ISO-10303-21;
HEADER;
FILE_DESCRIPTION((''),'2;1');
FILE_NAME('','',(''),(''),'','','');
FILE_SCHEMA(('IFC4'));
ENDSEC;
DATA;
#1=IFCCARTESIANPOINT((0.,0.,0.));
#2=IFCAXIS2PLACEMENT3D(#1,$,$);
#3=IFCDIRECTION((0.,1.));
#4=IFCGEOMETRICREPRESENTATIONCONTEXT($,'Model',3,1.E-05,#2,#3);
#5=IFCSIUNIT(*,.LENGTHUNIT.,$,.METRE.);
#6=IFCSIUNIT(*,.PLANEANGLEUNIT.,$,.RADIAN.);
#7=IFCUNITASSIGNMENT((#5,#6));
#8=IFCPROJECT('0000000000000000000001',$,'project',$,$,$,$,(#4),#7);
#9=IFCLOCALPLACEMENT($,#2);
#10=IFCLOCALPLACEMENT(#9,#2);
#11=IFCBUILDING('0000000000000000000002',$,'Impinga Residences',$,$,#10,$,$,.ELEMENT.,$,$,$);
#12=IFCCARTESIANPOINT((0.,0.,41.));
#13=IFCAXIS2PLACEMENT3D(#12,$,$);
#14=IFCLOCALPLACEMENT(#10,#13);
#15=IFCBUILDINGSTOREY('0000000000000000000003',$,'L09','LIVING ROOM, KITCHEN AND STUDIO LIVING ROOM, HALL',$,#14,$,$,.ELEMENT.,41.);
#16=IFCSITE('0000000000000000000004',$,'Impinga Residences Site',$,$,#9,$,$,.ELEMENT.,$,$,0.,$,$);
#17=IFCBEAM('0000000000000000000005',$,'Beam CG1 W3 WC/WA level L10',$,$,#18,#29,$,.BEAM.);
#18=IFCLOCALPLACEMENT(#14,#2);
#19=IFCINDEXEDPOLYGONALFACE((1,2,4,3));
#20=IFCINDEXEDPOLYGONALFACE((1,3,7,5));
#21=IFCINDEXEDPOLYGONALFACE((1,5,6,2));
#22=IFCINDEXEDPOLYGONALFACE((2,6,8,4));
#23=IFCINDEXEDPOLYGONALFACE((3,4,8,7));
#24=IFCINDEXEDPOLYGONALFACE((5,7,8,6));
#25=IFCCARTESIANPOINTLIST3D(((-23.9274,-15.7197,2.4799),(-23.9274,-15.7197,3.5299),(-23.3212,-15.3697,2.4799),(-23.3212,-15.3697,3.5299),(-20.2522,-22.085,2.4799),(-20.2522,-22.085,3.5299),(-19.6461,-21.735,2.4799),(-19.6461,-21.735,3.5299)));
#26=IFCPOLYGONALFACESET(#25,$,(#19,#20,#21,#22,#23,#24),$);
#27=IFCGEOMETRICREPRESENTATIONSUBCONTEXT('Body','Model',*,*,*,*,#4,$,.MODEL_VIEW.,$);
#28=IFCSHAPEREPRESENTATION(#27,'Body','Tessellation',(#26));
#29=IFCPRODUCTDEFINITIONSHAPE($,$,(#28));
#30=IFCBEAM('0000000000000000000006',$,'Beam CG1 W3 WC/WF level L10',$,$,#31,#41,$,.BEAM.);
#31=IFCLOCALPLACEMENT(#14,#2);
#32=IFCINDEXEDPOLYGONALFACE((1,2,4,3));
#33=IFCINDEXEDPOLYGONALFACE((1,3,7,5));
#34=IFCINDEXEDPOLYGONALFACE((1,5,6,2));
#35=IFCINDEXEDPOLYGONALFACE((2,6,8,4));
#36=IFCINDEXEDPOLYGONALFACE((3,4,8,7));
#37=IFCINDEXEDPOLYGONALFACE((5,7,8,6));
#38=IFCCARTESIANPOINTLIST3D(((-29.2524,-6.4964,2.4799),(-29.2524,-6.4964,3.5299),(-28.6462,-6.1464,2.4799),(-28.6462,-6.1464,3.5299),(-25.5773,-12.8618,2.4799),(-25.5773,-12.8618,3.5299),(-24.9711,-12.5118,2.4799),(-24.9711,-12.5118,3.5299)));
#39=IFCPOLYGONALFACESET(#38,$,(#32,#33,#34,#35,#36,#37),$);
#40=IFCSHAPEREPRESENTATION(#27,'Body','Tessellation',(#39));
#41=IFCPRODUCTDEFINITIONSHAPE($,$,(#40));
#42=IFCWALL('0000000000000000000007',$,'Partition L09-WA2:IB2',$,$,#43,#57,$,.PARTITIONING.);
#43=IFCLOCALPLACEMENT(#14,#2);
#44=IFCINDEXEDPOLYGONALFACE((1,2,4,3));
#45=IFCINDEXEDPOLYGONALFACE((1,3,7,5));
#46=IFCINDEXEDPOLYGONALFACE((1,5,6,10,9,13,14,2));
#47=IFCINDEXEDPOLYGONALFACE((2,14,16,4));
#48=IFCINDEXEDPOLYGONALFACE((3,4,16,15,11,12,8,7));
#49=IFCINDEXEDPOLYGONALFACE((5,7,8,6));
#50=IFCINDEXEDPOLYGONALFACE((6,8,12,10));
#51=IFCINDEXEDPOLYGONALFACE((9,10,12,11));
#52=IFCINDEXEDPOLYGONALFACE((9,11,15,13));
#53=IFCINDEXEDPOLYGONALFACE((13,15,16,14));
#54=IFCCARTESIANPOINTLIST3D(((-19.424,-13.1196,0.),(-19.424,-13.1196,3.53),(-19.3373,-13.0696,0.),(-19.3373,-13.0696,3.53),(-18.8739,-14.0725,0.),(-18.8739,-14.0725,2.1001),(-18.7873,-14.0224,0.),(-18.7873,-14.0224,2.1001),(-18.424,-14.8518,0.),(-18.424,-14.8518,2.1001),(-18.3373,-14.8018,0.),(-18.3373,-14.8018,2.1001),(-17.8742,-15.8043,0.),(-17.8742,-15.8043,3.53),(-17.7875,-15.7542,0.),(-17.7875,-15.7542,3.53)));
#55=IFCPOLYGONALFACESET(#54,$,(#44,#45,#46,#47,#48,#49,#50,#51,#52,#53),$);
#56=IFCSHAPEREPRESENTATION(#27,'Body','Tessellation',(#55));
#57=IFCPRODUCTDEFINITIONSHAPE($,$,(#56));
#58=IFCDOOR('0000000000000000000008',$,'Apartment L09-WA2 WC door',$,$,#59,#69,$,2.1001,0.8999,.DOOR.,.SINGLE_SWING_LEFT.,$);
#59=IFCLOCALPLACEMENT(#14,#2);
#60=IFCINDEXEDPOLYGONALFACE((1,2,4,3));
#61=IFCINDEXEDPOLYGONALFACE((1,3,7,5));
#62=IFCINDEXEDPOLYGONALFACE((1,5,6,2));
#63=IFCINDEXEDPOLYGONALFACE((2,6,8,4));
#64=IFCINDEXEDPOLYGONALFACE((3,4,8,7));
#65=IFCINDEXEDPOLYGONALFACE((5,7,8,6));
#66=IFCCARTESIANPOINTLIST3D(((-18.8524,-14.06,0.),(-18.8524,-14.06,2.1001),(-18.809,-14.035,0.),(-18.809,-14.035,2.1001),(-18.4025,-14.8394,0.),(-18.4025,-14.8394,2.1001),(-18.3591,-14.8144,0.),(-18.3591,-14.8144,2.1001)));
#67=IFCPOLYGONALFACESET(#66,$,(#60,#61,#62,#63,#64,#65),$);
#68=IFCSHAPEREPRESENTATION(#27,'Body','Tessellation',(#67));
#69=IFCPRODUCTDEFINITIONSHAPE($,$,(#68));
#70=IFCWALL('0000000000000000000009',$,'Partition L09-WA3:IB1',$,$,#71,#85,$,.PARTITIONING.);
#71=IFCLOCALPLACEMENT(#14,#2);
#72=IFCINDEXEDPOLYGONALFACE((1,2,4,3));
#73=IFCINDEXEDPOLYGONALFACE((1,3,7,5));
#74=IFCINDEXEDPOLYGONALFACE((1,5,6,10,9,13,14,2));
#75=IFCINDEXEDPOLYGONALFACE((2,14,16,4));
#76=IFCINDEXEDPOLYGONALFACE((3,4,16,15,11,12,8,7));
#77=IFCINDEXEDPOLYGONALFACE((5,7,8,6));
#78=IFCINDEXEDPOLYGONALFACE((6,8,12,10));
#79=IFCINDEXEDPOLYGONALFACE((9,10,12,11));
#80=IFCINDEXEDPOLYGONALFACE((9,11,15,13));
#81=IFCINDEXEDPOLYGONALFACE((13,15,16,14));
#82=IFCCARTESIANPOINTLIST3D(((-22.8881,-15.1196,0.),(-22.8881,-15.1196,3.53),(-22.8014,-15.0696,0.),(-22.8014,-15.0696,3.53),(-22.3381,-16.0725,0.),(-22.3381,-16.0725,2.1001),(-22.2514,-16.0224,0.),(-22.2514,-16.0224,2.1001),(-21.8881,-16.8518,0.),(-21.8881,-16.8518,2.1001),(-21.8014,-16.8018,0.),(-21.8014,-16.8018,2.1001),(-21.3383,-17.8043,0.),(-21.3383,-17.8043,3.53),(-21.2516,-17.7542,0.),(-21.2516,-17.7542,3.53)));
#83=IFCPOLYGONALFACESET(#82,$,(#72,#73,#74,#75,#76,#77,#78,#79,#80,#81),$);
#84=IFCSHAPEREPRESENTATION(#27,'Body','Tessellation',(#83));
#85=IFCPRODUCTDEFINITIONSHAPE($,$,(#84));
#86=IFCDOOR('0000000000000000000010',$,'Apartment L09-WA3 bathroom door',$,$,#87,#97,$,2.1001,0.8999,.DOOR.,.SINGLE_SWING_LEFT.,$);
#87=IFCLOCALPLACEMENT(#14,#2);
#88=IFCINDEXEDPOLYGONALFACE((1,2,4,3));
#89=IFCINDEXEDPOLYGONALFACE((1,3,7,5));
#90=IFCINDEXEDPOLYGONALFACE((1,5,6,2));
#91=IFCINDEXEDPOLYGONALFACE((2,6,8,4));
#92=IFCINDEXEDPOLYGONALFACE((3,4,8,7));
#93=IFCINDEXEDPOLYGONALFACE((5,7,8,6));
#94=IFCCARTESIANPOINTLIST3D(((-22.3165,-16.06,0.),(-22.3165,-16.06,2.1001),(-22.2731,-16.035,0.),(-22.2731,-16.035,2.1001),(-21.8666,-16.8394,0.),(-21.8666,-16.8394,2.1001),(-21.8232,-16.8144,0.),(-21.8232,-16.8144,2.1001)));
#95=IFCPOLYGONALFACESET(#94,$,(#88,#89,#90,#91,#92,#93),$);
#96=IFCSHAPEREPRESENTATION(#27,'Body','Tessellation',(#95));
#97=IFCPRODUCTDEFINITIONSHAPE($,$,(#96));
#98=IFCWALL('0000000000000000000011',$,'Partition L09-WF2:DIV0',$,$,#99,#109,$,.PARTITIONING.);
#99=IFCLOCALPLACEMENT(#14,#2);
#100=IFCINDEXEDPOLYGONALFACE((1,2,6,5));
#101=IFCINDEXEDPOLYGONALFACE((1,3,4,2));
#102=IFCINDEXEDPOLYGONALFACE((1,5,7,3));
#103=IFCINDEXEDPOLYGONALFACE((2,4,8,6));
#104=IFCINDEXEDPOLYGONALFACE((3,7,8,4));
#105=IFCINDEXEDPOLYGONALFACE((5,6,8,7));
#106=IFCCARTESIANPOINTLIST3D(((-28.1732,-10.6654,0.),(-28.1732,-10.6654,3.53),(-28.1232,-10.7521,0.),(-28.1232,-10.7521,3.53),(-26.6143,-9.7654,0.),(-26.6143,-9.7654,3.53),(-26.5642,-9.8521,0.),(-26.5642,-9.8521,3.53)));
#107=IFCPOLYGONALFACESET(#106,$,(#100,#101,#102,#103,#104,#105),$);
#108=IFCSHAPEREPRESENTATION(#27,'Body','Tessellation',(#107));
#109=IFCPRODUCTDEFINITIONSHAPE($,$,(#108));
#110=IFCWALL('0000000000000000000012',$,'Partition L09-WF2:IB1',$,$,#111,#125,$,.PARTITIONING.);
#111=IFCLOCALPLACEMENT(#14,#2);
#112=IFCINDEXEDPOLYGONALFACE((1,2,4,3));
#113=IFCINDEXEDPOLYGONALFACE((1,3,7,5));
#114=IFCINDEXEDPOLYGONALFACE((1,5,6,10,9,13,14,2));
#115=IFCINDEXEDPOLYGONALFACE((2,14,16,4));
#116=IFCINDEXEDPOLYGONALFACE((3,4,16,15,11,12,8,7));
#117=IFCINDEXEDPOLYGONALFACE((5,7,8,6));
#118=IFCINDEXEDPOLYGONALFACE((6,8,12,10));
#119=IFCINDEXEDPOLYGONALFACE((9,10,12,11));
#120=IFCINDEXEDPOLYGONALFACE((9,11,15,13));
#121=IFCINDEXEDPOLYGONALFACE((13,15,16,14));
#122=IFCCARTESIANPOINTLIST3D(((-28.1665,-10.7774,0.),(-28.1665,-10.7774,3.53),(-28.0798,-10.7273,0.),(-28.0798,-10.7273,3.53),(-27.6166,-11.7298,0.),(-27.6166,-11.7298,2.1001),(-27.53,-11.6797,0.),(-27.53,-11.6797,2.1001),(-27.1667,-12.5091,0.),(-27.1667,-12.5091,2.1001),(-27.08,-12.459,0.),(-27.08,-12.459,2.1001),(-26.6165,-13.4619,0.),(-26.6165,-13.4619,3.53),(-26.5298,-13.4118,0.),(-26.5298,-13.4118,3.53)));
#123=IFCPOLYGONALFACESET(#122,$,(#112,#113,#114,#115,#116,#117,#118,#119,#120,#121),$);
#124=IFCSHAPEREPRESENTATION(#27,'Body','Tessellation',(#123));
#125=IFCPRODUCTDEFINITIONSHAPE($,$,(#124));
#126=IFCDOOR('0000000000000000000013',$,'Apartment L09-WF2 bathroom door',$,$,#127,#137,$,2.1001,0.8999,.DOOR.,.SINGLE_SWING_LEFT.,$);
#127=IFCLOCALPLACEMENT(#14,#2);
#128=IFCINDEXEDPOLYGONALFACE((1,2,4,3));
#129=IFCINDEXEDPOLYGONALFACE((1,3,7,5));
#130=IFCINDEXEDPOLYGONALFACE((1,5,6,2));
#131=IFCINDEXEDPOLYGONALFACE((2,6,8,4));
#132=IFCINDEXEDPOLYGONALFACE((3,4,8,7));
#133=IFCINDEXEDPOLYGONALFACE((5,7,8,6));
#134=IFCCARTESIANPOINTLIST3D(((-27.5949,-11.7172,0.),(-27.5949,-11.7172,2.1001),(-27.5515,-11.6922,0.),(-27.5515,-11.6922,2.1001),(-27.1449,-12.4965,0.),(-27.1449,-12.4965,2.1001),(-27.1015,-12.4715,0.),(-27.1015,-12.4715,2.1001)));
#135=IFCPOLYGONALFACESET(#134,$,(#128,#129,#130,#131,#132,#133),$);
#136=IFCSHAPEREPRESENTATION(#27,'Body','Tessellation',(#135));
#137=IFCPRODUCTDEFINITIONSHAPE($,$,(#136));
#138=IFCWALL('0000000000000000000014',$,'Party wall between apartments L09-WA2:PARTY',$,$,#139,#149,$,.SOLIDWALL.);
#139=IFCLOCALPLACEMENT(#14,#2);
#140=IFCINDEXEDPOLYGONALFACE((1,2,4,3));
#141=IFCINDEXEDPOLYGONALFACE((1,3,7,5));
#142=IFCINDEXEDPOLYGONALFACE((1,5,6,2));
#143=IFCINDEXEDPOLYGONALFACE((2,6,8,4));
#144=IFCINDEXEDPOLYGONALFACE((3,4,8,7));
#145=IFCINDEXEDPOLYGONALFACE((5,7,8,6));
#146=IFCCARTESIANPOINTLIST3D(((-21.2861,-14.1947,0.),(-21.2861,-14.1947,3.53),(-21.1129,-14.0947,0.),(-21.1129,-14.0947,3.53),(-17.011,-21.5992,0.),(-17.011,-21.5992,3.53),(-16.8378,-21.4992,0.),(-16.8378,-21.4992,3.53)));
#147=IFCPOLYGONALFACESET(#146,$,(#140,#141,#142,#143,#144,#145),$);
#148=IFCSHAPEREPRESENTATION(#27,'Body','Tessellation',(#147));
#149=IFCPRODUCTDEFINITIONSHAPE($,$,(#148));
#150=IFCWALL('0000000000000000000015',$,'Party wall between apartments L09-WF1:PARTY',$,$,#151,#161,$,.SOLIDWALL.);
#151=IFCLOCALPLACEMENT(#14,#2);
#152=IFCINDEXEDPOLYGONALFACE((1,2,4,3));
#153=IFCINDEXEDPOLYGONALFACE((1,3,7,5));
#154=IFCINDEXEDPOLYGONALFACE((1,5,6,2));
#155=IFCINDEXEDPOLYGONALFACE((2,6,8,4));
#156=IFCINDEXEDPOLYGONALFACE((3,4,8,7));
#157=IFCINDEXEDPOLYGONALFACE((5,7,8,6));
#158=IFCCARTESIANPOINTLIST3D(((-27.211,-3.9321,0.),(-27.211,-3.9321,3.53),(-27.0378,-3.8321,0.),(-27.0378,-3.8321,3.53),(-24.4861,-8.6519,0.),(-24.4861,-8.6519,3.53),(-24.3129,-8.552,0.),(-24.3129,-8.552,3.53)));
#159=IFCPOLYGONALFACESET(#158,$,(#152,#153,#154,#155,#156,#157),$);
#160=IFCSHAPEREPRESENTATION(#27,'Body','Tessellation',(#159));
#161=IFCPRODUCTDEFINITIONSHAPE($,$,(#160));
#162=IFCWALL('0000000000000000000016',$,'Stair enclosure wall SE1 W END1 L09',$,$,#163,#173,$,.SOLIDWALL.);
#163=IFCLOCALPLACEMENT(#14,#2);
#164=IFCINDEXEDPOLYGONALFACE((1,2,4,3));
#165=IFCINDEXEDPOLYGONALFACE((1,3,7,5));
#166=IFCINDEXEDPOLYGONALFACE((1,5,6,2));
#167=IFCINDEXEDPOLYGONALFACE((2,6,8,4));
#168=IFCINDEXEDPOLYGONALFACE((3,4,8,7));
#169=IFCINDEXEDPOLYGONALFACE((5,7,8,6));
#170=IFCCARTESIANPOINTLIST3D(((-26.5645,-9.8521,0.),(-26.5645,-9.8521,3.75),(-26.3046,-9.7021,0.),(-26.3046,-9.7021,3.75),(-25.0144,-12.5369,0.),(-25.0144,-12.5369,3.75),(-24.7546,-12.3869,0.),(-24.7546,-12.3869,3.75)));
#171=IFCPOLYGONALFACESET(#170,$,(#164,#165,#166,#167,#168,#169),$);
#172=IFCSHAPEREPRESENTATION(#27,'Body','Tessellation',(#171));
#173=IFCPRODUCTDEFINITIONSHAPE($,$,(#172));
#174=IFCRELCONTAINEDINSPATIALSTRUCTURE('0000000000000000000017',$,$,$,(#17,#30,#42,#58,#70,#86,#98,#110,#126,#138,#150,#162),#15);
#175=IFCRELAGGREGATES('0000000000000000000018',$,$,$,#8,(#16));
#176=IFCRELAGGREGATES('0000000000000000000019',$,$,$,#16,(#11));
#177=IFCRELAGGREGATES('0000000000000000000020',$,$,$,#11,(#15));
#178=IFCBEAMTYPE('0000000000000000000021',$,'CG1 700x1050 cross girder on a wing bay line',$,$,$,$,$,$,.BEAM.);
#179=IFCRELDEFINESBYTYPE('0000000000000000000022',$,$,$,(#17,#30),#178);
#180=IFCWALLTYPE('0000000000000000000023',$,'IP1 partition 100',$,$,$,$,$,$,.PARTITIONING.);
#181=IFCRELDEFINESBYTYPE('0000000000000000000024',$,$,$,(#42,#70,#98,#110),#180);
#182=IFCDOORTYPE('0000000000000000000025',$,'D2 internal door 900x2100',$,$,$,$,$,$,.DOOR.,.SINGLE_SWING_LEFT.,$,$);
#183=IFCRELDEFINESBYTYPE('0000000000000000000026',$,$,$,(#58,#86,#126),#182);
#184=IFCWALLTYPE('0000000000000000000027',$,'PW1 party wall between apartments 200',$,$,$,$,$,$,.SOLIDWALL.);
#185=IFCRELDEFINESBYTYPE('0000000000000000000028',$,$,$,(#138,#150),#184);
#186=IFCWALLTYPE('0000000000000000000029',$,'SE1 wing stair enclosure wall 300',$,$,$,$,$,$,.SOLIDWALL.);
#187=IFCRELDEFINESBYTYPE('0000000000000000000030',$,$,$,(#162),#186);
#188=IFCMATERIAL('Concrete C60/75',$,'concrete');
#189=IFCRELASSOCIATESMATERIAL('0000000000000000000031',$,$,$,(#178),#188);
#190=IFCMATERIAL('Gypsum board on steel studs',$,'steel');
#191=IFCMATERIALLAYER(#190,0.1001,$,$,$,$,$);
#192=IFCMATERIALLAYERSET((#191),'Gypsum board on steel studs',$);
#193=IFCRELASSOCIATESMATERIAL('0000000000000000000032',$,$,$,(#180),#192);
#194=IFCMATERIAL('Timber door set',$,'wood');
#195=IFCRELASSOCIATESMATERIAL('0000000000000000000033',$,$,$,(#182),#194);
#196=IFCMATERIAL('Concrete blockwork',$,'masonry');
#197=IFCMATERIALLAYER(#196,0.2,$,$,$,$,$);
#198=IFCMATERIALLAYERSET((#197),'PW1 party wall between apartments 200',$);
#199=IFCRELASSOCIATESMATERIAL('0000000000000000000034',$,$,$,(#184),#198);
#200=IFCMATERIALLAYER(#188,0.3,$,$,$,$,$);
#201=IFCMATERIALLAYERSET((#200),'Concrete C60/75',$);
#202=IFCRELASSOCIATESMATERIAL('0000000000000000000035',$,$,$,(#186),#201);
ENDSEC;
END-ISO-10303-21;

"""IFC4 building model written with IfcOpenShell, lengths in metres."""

from ifc_helpers import new_model, si_unit, direction, frame, frame_2d, origin, origin_2d, place, context, subcontext, project, spatial, rectangle, extrude, material, layer, layer_set, material_profile, profile_set, type_object, element, fill, save


model = new_model("IFC4")

# Units and contexts
model_context = context("Model", 3, precision=1e-05, world=origin(), true_north=direction((0.0, 1.0)))
body_context = subcontext(model_context, "Body", "Model", "MODEL_VIEW")
ifc_project = project(units=[si_unit("LENGTHUNIT", "METRE"), si_unit("PLANEANGLEUNIT", "RADIAN")], contexts=[model_context])

# Site, building, storey
site_placement = place(None, origin())
site = spatial("IfcSite", under=ifc_project, at=site_placement, Name="Impinga Residences Site", CompositionType="ELEMENT", RefElevation=0.0)
building_placement = place(site_placement, origin())
building = spatial("IfcBuilding", under=site, at=building_placement, Name="Impinga Residences", CompositionType="ELEMENT")
storey_placement = place(building_placement, frame((0.0, 0.0, 41.0)))
storey = spatial("IfcBuildingStorey", under=building, at=storey_placement, Name="L09", Description="LIVING ROOM, KITCHEN AND STUDIO LIVING ROOM, HALL", CompositionType="ELEMENT", Elevation=41.0)

# Beams
ifc_material_1 = material(Name="Concrete C60/75", Category="concrete")
ifc_material_profile = material_profile(ifc_material_1, rectangle(XDim=0.7, YDim=1.05, at=origin_2d()), Name="RC 700x1050")
ifc_profile_set = profile_set([ifc_material_profile], Name="Concrete C60/75")
beam_type = type_object("IfcBeamType", Name="CG1 700x1050 cross girder on a wing bay line", PredefinedType="BEAM", material=ifc_profile_set)
for number, where, z_axis, x_axis, name in (
    (1, (-23.6243, -15.5447, 3.0049), (0.500008, -0.866021, 0.0), (0.866021, 0.500008, 0.0), "Beam CG1 W3 WC/WA level L10"),
    (2, (-25.2742, -12.6868, 3.0049), (-0.500008, 0.866021, 0.0), (-0.866021, -0.500008, 0.0), "Beam CG1 W3 WC/WF level L10"),
):
    element("IfcBeam", number, at=place(storey_placement, frame(where, z_axis=z_axis, x_axis=x_axis)), inside=storey, type_object=beam_type, Name=name, PredefinedType="BEAM", context=body_context, shape_type="SweptSolid", body=[
        extrude(rectangle(XDim=0.7, YDim=1.05, at=origin_2d()), origin(), (0.0, 0.0, 1.0), 7.3501),
    ])

# Walls, openings, doors
ifc_material_2 = material(Name="Gypsum board on steel studs", Category="steel")
ifc_layer_1 = layer(ifc_material_2, 0.1001)
ifc_layer_set_1 = layer_set([ifc_layer_1], Name="Gypsum board on steel studs")
wall_type_1 = type_object("IfcWallType", Name="IP1 partition 100", PredefinedType="PARTITIONING", material=ifc_layer_set_1)
wall_1_placement = place(storey_placement, frame((-19.3806, -13.0947, 0.0), z_axis=(0.0, 0.0, 1.0), x_axis=(0.499968, -0.866044, 0.0)))
wall_1 = element("IfcWall", 3, at=wall_1_placement, inside=storey, type_object=wall_type_1, Name="Partition L09-WA2:IB2", PredefinedType="PARTITIONING", context=body_context, shape_type="SweptSolid", body=[
    extrude(rectangle(XDim=3.0999, YDim=0.1001, at=frame_2d((1.5498, 0.0))), origin(), (0.0, 0.0, 1.0), 3.53),
])
opening_1_placement = place(wall_1_placement, frame((1.1001, 0.0, 0.0)))
opening_1 = element("IfcOpeningElement", 4, at=opening_1_placement, cuts=wall_1, PredefinedType="OPENING", context=body_context, shape_type="SweptSolid", body=[
    extrude(rectangle(XDim=0.8999, YDim=2.1001, at=frame_2d((0.45, 1.05))), frame((0.0, 0.0601, 0.0), z_axis=(0.0, -1.0, 0.0), x_axis=(1.0, 0.0, 0.0)), (0.0, 0.0, 1.0), 0.1201),
])
ifc_material_3 = material(Name="Timber door set", Category="wood")
door_type = type_object("IfcDoorType", Name="D2 internal door 900x2100", OperationType="SINGLE_SWING_LEFT", PredefinedType="DOOR", material=ifc_material_3)
door_1_placement = place(opening_1_placement, origin())
door_1 = element("IfcDoor", 5, at=door_1_placement, inside=storey, type_object=door_type, Name="Apartment L09-WA2 WC door", OperationType="SINGLE_SWING_LEFT", OverallHeight=2.1001, OverallWidth=0.8999, PredefinedType="DOOR", context=body_context, shape_type="SweptSolid", body=[
    extrude(rectangle(XDim=0.8999, YDim=2.1001, at=frame_2d((0.45, 1.05))), frame((0.0, 0.0249, 0.0), z_axis=(0.0, -1.0, 0.0), x_axis=(1.0, 0.0, 0.0)), (0.0, 0.0, 1.0), 0.05),
])
fill(opening_1, door_1)
wall_2_placement = place(storey_placement, frame((-22.8447, -15.0947, 0.0), z_axis=(0.0, 0.0, 1.0), x_axis=(0.499968, -0.866044, 0.0)))
wall_2 = element("IfcWall", 6, at=wall_2_placement, inside=storey, type_object=wall_type_1, Name="Partition L09-WA3:IB1", PredefinedType="PARTITIONING", context=body_context, shape_type="SweptSolid", body=[
    extrude(rectangle(XDim=3.0999, YDim=0.1001, at=frame_2d((1.5498, 0.0))), origin(), (0.0, 0.0, 1.0), 3.53),
])
opening_2_placement = place(wall_2_placement, frame((1.1001, 0.0, 0.0)))
opening_2 = element("IfcOpeningElement", 7, at=opening_2_placement, cuts=wall_2, PredefinedType="OPENING", context=body_context, shape_type="SweptSolid", body=[
    extrude(rectangle(XDim=0.8999, YDim=2.1001, at=frame_2d((0.45, 1.05))), frame((0.0, 0.0601, 0.0), z_axis=(0.0, -1.0, 0.0), x_axis=(1.0, 0.0, 0.0)), (0.0, 0.0, 1.0), 0.1201),
])
door_2_placement = place(opening_2_placement, origin())
door_2 = element("IfcDoor", 8, at=door_2_placement, inside=storey, type_object=door_type, Name="Apartment L09-WA3 bathroom door", OperationType="SINGLE_SWING_LEFT", OverallHeight=2.1001, OverallWidth=0.8999, PredefinedType="DOOR", context=body_context, shape_type="SweptSolid", body=[
    extrude(rectangle(XDim=0.8999, YDim=2.1001, at=frame_2d((0.45, 1.05))), frame((0.0, 0.0249, 0.0), z_axis=(0.0, -1.0, 0.0), x_axis=(1.0, 0.0, 0.0)), (0.0, 0.0, 1.0), 0.05),
])
fill(opening_2, door_2)

# Wall
wall_3_placement = place(storey_placement, frame((-26.5894, -9.8088, 0.0), z_axis=(0.0, 0.0, 1.0), x_axis=(-0.866048, -0.499961, 0.0)))
element("IfcWall", 9, at=wall_3_placement, inside=storey, type_object=wall_type_1, Name="Partition L09-WF2:DIV0", PredefinedType="PARTITIONING", context=body_context, shape_type="SweptSolid", body=[
    extrude(rectangle(XDim=1.8, YDim=0.1001, at=frame_2d((0.8999, 0.0))), origin(), (0.0, 0.0, 1.0), 3.53),
])

# Wall, opening, door
wall_4_placement = place(storey_placement, frame((-26.5732, -13.4368, 0.0), z_axis=(0.0, 0.0, 1.0), x_axis=(-0.500027, 0.86601, 0.0)))
wall_4 = element("IfcWall", 10, at=wall_4_placement, inside=storey, type_object=wall_type_1, Name="Partition L09-WF2:IB1", PredefinedType="PARTITIONING", context=body_context, shape_type="SweptSolid", body=[
    extrude(rectangle(XDim=3.0999, YDim=0.1001, at=frame_2d((1.5498, 0.0))), origin(), (0.0, 0.0, 1.0), 3.53),
])
opening_3_placement = place(wall_4_placement, frame((1.1001, 0.0, 0.0)))
opening_3 = element("IfcOpeningElement", 11, at=opening_3_placement, cuts=wall_4, PredefinedType="OPENING", context=body_context, shape_type="SweptSolid", body=[
    extrude(rectangle(XDim=0.8999, YDim=2.1001, at=frame_2d((0.45, 1.05))), frame((0.0, 0.0601, 0.0), z_axis=(0.0, -1.0, 0.0), x_axis=(1.0, 0.0, 0.0)), (0.0, 0.0, 1.0), 0.1201),
])
door_3_placement = place(opening_3_placement, origin())
door_3 = element("IfcDoor", 12, at=door_3_placement, inside=storey, type_object=door_type, Name="Apartment L09-WF2 bathroom door", OperationType="SINGLE_SWING_LEFT", OverallHeight=2.1001, OverallWidth=0.8999, PredefinedType="DOOR", context=body_context, shape_type="SweptSolid", body=[
    extrude(rectangle(XDim=0.8999, YDim=2.1001, at=frame_2d((0.45, 1.05))), frame((0.0, 0.0249, 0.0), z_axis=(0.0, -1.0, 0.0), x_axis=(1.0, 0.0, 0.0)), (0.0, 0.0, 1.0), 0.05),
])
fill(opening_3, door_3)

# Walls
ifc_material_4 = material(Name="Concrete blockwork", Category="masonry")
ifc_layer_2 = layer(ifc_material_4, 0.2)
ifc_layer_set_2 = layer_set([ifc_layer_2], Name="PW1 party wall between apartments 200")
wall_type_2 = type_object("IfcWallType", Name="PW1 party wall between apartments 200", PredefinedType="SOLIDWALL", material=ifc_layer_set_2)
wall_5_placement = place(storey_placement, frame((-21.1995, -14.1448, 0.0), z_axis=(0.0, 0.0, 1.0), x_axis=(0.500012, -0.866019, 0.0)))
element("IfcWall", 13, at=wall_5_placement, inside=storey, type_object=wall_type_2, Name="Party wall between apartments L09-WA2:PARTY", PredefinedType="SOLIDWALL", context=body_context, shape_type="SweptSolid", body=[
    extrude(rectangle(XDim=8.55, YDim=0.2, at=frame_2d((4.2749, 0.0))), origin(), (0.0, 0.0, 1.0), 3.53),
])
wall_6_placement = place(storey_placement, frame((-24.3994, -8.6021, 0.0), z_axis=(0.0, 0.0, 1.0), x_axis=(-0.499989, 0.866032, 0.0)))
element("IfcWall", 14, at=wall_6_placement, inside=storey, type_object=wall_type_2, Name="Party wall between apartments L09-WF1:PARTY", PredefinedType="SOLIDWALL", context=body_context, shape_type="SweptSolid", body=[
    extrude(rectangle(XDim=5.45, YDim=0.2, at=frame_2d((2.7251, 0.0))), origin(), (0.0, 0.0, 1.0), 3.53),
])
ifc_layer_3 = layer(ifc_material_1, 0.3)
ifc_layer_set_3 = layer_set([ifc_layer_3], Name="Concrete C60/75")
wall_type_3 = type_object("IfcWallType", Name="SE1 wing stair enclosure wall 300", PredefinedType="SOLIDWALL", material=ifc_layer_set_3)
wall_7_placement = place(storey_placement, frame((-24.8845, -12.4619, 0.0), z_axis=(0.0, 0.0, 1.0), x_axis=(-0.499993, 0.86603, 0.0)))
element("IfcWall", 15, at=wall_7_placement, inside=storey, type_object=wall_type_3, Name="Stair enclosure wall SE1 W END1 L09", PredefinedType="SOLIDWALL", context=body_context, shape_type="SweptSolid", body=[
    extrude(rectangle(XDim=3.1001, YDim=0.3, at=frame_2d((1.55, 0.0))), origin(), (0.0, 0.0, 1.0), 3.75),
])

save(model, "model.ifc")
